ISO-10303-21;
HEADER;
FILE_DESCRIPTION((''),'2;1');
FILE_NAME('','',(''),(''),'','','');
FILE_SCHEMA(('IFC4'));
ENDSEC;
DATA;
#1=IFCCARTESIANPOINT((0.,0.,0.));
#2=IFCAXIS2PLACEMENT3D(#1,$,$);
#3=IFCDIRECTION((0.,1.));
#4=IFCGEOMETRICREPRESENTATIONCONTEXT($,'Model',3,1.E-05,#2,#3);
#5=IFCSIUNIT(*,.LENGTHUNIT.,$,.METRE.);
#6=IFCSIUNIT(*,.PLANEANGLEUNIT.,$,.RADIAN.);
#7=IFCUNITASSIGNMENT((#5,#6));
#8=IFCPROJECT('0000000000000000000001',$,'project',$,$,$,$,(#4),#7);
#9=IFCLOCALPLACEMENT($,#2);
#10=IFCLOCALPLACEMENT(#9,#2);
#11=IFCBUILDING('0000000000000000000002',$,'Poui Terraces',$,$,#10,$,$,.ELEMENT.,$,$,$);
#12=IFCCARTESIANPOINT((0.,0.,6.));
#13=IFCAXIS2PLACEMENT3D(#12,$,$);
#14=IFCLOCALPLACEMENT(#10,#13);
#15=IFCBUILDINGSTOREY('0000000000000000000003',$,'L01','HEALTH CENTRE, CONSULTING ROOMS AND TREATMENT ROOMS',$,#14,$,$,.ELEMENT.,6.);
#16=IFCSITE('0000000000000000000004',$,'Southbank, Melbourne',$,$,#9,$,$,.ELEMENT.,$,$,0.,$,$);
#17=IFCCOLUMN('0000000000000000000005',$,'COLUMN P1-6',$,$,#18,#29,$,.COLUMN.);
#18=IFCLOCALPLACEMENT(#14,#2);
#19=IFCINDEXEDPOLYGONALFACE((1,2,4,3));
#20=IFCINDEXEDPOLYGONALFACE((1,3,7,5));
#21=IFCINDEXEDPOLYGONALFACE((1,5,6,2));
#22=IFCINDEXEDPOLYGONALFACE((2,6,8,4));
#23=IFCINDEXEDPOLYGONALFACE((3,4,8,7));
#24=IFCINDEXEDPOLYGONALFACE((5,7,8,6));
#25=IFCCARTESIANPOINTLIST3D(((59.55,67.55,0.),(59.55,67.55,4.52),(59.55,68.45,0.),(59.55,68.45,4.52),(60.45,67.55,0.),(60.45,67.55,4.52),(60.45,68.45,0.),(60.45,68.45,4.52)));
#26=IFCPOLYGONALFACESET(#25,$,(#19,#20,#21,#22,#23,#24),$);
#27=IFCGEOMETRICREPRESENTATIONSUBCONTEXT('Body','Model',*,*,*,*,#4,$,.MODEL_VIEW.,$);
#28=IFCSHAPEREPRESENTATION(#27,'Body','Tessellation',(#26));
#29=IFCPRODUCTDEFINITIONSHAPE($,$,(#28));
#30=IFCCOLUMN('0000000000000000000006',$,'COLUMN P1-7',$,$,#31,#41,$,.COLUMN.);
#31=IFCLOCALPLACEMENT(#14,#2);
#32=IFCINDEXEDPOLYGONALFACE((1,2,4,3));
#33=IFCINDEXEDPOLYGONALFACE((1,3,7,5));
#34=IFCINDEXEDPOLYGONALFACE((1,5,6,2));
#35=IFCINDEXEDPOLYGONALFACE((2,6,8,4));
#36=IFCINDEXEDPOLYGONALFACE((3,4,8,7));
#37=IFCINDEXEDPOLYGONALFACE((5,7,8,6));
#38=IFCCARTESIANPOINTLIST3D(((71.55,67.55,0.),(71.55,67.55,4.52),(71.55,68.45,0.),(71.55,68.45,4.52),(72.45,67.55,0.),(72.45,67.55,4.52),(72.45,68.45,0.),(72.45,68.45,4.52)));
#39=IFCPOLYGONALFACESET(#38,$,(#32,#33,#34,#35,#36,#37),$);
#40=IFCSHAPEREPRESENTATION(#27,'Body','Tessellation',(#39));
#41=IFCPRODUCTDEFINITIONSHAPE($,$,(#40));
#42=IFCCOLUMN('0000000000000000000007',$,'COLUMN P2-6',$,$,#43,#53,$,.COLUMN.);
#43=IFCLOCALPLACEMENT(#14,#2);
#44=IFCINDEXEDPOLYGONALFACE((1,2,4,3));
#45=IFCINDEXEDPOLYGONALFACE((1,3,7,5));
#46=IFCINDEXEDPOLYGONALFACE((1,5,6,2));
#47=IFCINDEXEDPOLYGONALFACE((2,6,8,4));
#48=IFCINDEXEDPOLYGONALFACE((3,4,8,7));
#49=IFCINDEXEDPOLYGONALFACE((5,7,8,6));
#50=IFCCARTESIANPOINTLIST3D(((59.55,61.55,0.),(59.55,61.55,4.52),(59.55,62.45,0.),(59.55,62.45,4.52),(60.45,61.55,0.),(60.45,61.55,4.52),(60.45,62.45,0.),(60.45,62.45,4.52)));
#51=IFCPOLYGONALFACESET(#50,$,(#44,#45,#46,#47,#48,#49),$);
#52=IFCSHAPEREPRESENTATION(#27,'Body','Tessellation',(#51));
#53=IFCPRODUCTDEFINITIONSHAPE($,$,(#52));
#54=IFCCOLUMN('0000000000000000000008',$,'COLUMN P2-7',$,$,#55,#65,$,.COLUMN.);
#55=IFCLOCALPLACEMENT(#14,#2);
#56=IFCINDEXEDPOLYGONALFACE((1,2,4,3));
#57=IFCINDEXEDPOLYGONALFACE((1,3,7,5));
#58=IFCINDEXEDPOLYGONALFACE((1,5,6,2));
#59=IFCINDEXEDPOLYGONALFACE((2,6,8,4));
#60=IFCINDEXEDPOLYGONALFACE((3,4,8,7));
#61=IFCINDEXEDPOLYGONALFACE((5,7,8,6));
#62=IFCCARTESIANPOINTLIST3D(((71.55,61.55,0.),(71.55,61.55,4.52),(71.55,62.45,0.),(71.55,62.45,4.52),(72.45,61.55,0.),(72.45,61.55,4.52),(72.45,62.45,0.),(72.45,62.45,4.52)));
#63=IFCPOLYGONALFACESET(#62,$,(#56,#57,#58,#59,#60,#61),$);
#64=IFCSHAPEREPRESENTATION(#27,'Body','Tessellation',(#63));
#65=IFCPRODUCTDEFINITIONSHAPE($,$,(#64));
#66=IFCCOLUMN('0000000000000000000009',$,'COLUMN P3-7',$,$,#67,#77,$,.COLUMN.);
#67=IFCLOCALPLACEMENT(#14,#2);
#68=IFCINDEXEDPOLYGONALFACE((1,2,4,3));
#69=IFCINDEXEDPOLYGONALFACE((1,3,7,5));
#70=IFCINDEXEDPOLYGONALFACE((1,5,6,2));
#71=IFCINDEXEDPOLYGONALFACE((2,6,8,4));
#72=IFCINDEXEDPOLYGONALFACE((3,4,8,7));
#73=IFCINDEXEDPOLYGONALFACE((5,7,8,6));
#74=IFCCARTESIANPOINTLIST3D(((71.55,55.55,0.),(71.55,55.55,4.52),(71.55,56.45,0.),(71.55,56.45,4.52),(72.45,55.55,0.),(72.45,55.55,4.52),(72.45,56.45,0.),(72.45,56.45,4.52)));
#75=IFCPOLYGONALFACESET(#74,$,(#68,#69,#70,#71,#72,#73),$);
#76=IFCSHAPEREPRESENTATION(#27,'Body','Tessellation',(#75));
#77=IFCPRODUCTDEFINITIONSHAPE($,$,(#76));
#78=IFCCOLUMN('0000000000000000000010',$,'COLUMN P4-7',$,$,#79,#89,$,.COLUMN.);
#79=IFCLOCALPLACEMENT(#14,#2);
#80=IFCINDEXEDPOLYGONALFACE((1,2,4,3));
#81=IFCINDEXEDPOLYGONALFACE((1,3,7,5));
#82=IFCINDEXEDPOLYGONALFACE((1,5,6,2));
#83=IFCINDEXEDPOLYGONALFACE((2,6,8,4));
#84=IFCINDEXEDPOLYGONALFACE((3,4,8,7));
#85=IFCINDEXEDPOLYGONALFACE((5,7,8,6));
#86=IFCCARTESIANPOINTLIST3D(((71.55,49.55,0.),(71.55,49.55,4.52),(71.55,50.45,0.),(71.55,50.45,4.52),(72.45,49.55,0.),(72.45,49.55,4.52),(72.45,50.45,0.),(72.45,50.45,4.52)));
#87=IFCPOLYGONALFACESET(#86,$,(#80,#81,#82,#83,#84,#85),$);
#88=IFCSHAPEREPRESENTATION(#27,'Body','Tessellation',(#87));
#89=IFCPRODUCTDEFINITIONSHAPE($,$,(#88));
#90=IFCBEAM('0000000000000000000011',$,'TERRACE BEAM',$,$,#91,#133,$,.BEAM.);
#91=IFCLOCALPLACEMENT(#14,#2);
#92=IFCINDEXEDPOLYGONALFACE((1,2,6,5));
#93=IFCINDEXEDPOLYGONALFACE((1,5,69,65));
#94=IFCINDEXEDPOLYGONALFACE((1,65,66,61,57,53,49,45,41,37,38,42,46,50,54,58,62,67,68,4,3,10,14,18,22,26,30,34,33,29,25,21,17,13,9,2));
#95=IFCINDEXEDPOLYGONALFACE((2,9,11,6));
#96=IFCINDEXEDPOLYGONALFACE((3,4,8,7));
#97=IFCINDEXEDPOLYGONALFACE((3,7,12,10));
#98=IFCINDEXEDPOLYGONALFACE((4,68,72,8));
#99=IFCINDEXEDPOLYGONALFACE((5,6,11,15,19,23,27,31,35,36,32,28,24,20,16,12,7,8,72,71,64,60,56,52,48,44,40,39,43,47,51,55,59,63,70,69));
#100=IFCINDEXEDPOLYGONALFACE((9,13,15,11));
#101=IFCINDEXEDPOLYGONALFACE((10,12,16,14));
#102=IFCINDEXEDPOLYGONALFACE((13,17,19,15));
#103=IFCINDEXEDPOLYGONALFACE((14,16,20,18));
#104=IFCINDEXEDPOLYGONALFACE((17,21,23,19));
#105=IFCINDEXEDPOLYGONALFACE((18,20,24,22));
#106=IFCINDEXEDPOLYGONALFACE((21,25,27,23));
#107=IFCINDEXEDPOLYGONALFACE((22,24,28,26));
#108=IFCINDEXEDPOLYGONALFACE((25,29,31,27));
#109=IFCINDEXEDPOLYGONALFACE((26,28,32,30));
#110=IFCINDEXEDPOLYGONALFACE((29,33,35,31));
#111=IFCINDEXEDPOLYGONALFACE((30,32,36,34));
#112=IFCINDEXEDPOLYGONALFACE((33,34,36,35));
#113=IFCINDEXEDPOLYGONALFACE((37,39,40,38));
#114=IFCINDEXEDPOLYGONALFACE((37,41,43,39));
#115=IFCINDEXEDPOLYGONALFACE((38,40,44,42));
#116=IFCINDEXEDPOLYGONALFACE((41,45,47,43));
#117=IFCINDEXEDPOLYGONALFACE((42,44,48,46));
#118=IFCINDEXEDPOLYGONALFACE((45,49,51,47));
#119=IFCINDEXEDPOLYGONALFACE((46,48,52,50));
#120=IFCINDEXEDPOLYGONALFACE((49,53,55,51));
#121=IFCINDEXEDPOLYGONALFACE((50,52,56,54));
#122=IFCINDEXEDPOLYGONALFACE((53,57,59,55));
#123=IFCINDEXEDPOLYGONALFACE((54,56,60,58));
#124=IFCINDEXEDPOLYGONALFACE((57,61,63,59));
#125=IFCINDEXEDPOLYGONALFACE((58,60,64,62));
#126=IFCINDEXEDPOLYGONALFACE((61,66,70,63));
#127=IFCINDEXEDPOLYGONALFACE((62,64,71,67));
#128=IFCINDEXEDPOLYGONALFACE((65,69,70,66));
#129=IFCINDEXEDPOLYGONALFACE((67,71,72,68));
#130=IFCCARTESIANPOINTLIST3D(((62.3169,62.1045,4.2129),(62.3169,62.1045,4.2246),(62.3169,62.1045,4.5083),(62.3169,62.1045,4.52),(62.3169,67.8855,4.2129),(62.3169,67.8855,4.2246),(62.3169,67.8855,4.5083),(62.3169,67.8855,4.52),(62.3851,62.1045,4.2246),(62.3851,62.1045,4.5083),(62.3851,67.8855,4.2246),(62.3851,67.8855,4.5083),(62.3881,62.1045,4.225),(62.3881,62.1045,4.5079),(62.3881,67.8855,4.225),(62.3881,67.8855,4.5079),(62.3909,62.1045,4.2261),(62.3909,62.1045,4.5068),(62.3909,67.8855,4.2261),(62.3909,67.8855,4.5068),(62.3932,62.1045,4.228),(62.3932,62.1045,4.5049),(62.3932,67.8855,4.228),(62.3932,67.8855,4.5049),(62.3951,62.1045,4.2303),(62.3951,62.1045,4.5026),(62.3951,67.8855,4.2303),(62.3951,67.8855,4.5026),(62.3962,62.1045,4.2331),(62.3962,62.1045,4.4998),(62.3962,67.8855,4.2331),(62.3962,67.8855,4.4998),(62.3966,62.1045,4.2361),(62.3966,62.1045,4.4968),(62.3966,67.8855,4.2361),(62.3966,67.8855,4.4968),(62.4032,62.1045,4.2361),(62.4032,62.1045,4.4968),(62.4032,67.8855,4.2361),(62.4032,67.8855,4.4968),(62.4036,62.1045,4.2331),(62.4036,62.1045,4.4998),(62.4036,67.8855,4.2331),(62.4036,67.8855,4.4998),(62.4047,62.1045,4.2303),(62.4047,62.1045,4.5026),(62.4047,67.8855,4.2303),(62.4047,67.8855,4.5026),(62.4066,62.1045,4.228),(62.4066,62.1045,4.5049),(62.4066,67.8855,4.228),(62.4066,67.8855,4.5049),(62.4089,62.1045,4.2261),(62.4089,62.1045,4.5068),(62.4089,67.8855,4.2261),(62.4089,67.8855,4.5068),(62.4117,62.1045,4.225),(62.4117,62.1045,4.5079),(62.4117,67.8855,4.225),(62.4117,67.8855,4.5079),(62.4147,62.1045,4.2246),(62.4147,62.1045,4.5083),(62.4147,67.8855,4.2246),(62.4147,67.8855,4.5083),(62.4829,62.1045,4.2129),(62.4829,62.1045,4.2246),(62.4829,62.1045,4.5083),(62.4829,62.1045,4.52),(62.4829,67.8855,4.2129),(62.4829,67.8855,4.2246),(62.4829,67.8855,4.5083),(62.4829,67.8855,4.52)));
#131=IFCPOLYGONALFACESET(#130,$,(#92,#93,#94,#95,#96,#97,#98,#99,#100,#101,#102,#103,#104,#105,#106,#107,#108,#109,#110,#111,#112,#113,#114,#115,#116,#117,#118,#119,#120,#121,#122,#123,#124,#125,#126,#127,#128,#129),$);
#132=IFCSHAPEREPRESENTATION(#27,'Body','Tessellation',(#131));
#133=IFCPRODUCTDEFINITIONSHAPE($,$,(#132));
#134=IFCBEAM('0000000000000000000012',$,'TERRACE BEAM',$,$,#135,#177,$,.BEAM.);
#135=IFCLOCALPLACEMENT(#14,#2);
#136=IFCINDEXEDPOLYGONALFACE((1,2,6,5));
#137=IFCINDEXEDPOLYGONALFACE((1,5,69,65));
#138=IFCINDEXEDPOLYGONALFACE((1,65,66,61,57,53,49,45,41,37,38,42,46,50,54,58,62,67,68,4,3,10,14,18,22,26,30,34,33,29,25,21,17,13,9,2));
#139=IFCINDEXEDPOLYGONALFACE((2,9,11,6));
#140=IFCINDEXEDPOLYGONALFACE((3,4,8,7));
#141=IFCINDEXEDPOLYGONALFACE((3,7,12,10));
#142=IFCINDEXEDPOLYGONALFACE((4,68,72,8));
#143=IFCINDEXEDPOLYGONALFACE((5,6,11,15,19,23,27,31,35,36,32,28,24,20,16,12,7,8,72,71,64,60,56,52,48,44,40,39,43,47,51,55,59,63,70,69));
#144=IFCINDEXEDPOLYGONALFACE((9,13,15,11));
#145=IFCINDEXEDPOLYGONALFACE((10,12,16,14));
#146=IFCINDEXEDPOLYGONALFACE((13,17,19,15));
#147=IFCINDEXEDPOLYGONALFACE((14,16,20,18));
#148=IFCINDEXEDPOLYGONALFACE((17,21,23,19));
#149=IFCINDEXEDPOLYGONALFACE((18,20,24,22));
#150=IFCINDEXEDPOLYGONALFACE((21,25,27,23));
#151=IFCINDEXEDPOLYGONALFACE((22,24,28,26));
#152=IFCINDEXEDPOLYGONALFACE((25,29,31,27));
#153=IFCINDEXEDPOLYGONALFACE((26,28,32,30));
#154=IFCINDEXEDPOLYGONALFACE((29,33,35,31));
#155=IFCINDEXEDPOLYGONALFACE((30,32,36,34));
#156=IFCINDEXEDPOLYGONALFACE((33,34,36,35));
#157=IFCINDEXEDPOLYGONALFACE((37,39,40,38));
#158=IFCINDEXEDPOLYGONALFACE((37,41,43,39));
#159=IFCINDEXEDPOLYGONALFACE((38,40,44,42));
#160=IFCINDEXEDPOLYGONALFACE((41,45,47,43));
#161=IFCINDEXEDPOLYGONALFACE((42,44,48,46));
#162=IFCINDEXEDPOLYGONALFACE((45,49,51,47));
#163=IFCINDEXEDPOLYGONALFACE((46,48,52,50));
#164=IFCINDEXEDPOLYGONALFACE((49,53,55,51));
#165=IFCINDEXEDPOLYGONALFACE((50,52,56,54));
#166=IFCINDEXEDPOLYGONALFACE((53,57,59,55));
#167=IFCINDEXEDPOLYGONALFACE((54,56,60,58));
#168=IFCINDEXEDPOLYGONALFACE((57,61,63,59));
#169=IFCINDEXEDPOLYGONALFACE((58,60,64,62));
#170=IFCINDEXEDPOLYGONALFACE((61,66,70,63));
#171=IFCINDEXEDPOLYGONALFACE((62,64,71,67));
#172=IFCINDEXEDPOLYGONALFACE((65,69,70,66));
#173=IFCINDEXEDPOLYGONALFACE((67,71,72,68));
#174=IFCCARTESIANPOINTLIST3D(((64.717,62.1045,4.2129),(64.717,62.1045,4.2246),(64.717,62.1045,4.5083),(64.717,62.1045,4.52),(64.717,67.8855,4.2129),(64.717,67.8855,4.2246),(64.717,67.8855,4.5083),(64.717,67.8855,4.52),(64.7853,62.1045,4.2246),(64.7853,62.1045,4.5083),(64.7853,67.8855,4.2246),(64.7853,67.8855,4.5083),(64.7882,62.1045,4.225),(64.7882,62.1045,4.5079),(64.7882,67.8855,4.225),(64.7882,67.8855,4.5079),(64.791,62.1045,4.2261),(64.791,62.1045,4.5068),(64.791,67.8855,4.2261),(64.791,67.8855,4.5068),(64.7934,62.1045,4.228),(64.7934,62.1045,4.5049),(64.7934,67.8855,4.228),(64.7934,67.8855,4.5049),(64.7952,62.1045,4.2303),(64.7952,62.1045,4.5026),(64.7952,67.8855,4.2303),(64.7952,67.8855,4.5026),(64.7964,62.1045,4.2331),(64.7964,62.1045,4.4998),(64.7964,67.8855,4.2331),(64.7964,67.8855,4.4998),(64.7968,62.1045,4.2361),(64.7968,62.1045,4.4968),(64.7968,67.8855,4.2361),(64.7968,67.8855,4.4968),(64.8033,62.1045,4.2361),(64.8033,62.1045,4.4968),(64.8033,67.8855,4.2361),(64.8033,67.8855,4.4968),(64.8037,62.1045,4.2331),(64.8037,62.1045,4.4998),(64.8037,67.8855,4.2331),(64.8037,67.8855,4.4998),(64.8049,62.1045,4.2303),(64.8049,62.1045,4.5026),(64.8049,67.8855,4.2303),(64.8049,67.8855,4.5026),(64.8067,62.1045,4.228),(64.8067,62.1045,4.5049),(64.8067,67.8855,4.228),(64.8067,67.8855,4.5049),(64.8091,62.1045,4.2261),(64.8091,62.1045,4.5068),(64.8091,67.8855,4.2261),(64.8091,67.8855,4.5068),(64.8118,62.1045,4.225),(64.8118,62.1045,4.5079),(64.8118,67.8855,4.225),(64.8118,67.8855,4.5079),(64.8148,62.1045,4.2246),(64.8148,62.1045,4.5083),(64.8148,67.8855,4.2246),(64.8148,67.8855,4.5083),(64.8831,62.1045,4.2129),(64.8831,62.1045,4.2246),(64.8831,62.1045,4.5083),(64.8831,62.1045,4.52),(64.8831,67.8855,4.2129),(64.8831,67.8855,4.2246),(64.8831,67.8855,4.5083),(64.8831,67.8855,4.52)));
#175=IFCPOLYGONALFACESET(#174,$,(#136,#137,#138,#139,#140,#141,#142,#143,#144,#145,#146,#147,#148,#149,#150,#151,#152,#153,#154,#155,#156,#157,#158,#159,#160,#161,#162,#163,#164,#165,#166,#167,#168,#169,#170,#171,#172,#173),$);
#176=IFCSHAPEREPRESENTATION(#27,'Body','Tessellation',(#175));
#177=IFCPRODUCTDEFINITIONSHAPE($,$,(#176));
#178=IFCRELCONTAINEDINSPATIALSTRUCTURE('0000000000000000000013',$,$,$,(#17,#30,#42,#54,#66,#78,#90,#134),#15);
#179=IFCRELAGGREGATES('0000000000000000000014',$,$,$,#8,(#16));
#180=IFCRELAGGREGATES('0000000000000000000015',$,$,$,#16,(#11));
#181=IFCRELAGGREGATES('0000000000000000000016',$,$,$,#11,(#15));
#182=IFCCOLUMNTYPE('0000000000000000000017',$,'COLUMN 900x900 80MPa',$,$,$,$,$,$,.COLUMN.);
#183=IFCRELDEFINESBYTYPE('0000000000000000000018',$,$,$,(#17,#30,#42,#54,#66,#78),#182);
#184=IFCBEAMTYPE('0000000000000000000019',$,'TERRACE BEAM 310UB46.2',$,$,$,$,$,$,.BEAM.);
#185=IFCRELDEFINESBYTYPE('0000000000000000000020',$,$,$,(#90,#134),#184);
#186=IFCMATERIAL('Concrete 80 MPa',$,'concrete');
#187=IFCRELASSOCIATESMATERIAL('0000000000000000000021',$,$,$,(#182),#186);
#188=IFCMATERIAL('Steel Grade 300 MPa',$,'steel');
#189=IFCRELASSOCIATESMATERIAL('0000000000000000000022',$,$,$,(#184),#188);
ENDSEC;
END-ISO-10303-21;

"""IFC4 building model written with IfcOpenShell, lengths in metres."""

from ifc_helpers import new_model, si_unit, direction, frame, origin, origin_2d, place, context, subcontext, project, spatial, rectangle, i_section, extrude, source, transform, mapped, material, material_profile, profile_set, type_object, element, save


model = new_model("IFC4")

# Units and contexts
model_context = context("Model", 3, precision=1e-05, world=origin(), true_north=direction((0.0, 1.0)))
body_context = subcontext(model_context, "Body", "Model", "MODEL_VIEW")
ifc_project = project(units=[si_unit("LENGTHUNIT", "METRE"), si_unit("PLANEANGLEUNIT", "RADIAN")], contexts=[model_context])

# Site, building, storey
site_placement = place(None, origin())
site = spatial("IfcSite", under=ifc_project, at=site_placement, Name="Southbank, Melbourne", CompositionType="ELEMENT", RefElevation=0.0)
building_placement = place(site_placement, origin())
building = spatial("IfcBuilding", under=site, at=building_placement, Name="Poui Terraces", CompositionType="ELEMENT")
storey_placement = place(building_placement, frame((0.0, 0.0, 6.0)))
storey = spatial("IfcBuildingStorey", under=building, at=storey_placement, Name="L01", Description="HEALTH CENTRE, CONSULTING ROOMS AND TREATMENT ROOMS", CompositionType="ELEMENT", Elevation=6.0)

# Columns
ifc_material_1 = material(Name="Concrete 80 MPa", Category="concrete")
ifc_material_profile_1 = material_profile(ifc_material_1, rectangle(XDim=0.8999, YDim=0.8999, at=origin_2d()), Name="RC 900x900")
ifc_profile_set_1 = profile_set([ifc_material_profile_1], Name="Concrete 80 MPa")
column_type = type_object("IfcColumnType", Name="COLUMN 900x900 80MPa", PredefinedType="COLUMN", material=ifc_profile_set_1)
shared_shape_1 = source(origin(), body_context, "Body", "SweptSolid", [
    extrude(rectangle(XDim=0.8999, YDim=0.8999, at=origin_2d()), origin(), (0.0, 0.0, 1.0), 4.52),
])
for number, where, z_axis, x_axis, name in (
    (1, (60.0, 68.0, 0.0), (0.0, 0.0, 1.0), (1.0, 0.0, 0.0), "COLUMN P1-6"),
    (2, (72.0, 68.0, 0.0), (0.0, 0.0, 1.0), (1.0, 0.0, 0.0), "COLUMN P1-7"),
    (3, (60.0, 62.0, 0.0), (0.0, 0.0, 1.0), (1.0, 0.0, 0.0), "COLUMN P2-6"),
    (4, (72.0, 62.0, 0.0), (0.0, 0.0, 1.0), (1.0, 0.0, 0.0), "COLUMN P2-7"),
    (5, (72.0, 56.0, 0.0), (0.0, 0.0, 1.0), (1.0, 0.0, 0.0), "COLUMN P3-7"),
    (6, (72.0, 50.0, 0.0), (0.0, 0.0, 1.0), (1.0, 0.0, 0.0), "COLUMN P4-7"),
):
    element("IfcColumn", number, at=place(storey_placement, frame(where, z_axis=z_axis, x_axis=x_axis)), inside=storey, type_object=column_type, Name=name, PredefinedType="COLUMN", context=body_context, shape_type="MappedRepresentation", body=[
        mapped(shared_shape_1, transform((0.0, 0.0, 0.0))),
    ])

# Beams
ifc_material_2 = material(Name="Steel Grade 300 MPa", Category="steel")
ifc_material_profile_2 = material_profile(ifc_material_2, i_section(OverallWidth=0.166, OverallDepth=0.3071, WebThickness=0.0066, FlangeThickness=0.0117, FilletRadius=0.0115, at=origin_2d()), Name="310UB46.2")
ifc_profile_set_2 = profile_set([ifc_material_profile_2], Name="Steel Grade 300 MPa")
beam_type_1 = type_object("IfcBeamType", Name="TERRACE BEAM 310UB46.2", PredefinedType="BEAM", material=ifc_profile_set_2)
shared_shape_2 = source(origin(), body_context, "Body", "SweptSolid", [
    extrude(i_section(OverallWidth=0.166, OverallDepth=0.3071, WebThickness=0.0066, FlangeThickness=0.0117, FilletRadius=0.0115, at=origin_2d()), origin(), (0.0, 0.0, 1.0), 5.781),
])
for number, where, z_axis, x_axis, name in (
    (7, (62.3999, 62.1045, 4.3665), (0.0, 1.0, 0.0), (-1.0, 0.0, 0.0), "TERRACE BEAM"),
    (8, (64.8, 62.1045, 4.3665), (0.0, 1.0, 0.0), (-1.0, 0.0, 0.0), "TERRACE BEAM"),
):
    element("IfcBeam", number, at=place(storey_placement, frame(where, z_axis=z_axis, x_axis=x_axis)), inside=storey, type_object=beam_type_1, Name=name, PredefinedType="BEAM", context=body_context, shape_type="MappedRepresentation", body=[
        mapped(shared_shape_2, transform((0.0, 0.0, 0.0))),
    ])

save(model, "model.ifc")
